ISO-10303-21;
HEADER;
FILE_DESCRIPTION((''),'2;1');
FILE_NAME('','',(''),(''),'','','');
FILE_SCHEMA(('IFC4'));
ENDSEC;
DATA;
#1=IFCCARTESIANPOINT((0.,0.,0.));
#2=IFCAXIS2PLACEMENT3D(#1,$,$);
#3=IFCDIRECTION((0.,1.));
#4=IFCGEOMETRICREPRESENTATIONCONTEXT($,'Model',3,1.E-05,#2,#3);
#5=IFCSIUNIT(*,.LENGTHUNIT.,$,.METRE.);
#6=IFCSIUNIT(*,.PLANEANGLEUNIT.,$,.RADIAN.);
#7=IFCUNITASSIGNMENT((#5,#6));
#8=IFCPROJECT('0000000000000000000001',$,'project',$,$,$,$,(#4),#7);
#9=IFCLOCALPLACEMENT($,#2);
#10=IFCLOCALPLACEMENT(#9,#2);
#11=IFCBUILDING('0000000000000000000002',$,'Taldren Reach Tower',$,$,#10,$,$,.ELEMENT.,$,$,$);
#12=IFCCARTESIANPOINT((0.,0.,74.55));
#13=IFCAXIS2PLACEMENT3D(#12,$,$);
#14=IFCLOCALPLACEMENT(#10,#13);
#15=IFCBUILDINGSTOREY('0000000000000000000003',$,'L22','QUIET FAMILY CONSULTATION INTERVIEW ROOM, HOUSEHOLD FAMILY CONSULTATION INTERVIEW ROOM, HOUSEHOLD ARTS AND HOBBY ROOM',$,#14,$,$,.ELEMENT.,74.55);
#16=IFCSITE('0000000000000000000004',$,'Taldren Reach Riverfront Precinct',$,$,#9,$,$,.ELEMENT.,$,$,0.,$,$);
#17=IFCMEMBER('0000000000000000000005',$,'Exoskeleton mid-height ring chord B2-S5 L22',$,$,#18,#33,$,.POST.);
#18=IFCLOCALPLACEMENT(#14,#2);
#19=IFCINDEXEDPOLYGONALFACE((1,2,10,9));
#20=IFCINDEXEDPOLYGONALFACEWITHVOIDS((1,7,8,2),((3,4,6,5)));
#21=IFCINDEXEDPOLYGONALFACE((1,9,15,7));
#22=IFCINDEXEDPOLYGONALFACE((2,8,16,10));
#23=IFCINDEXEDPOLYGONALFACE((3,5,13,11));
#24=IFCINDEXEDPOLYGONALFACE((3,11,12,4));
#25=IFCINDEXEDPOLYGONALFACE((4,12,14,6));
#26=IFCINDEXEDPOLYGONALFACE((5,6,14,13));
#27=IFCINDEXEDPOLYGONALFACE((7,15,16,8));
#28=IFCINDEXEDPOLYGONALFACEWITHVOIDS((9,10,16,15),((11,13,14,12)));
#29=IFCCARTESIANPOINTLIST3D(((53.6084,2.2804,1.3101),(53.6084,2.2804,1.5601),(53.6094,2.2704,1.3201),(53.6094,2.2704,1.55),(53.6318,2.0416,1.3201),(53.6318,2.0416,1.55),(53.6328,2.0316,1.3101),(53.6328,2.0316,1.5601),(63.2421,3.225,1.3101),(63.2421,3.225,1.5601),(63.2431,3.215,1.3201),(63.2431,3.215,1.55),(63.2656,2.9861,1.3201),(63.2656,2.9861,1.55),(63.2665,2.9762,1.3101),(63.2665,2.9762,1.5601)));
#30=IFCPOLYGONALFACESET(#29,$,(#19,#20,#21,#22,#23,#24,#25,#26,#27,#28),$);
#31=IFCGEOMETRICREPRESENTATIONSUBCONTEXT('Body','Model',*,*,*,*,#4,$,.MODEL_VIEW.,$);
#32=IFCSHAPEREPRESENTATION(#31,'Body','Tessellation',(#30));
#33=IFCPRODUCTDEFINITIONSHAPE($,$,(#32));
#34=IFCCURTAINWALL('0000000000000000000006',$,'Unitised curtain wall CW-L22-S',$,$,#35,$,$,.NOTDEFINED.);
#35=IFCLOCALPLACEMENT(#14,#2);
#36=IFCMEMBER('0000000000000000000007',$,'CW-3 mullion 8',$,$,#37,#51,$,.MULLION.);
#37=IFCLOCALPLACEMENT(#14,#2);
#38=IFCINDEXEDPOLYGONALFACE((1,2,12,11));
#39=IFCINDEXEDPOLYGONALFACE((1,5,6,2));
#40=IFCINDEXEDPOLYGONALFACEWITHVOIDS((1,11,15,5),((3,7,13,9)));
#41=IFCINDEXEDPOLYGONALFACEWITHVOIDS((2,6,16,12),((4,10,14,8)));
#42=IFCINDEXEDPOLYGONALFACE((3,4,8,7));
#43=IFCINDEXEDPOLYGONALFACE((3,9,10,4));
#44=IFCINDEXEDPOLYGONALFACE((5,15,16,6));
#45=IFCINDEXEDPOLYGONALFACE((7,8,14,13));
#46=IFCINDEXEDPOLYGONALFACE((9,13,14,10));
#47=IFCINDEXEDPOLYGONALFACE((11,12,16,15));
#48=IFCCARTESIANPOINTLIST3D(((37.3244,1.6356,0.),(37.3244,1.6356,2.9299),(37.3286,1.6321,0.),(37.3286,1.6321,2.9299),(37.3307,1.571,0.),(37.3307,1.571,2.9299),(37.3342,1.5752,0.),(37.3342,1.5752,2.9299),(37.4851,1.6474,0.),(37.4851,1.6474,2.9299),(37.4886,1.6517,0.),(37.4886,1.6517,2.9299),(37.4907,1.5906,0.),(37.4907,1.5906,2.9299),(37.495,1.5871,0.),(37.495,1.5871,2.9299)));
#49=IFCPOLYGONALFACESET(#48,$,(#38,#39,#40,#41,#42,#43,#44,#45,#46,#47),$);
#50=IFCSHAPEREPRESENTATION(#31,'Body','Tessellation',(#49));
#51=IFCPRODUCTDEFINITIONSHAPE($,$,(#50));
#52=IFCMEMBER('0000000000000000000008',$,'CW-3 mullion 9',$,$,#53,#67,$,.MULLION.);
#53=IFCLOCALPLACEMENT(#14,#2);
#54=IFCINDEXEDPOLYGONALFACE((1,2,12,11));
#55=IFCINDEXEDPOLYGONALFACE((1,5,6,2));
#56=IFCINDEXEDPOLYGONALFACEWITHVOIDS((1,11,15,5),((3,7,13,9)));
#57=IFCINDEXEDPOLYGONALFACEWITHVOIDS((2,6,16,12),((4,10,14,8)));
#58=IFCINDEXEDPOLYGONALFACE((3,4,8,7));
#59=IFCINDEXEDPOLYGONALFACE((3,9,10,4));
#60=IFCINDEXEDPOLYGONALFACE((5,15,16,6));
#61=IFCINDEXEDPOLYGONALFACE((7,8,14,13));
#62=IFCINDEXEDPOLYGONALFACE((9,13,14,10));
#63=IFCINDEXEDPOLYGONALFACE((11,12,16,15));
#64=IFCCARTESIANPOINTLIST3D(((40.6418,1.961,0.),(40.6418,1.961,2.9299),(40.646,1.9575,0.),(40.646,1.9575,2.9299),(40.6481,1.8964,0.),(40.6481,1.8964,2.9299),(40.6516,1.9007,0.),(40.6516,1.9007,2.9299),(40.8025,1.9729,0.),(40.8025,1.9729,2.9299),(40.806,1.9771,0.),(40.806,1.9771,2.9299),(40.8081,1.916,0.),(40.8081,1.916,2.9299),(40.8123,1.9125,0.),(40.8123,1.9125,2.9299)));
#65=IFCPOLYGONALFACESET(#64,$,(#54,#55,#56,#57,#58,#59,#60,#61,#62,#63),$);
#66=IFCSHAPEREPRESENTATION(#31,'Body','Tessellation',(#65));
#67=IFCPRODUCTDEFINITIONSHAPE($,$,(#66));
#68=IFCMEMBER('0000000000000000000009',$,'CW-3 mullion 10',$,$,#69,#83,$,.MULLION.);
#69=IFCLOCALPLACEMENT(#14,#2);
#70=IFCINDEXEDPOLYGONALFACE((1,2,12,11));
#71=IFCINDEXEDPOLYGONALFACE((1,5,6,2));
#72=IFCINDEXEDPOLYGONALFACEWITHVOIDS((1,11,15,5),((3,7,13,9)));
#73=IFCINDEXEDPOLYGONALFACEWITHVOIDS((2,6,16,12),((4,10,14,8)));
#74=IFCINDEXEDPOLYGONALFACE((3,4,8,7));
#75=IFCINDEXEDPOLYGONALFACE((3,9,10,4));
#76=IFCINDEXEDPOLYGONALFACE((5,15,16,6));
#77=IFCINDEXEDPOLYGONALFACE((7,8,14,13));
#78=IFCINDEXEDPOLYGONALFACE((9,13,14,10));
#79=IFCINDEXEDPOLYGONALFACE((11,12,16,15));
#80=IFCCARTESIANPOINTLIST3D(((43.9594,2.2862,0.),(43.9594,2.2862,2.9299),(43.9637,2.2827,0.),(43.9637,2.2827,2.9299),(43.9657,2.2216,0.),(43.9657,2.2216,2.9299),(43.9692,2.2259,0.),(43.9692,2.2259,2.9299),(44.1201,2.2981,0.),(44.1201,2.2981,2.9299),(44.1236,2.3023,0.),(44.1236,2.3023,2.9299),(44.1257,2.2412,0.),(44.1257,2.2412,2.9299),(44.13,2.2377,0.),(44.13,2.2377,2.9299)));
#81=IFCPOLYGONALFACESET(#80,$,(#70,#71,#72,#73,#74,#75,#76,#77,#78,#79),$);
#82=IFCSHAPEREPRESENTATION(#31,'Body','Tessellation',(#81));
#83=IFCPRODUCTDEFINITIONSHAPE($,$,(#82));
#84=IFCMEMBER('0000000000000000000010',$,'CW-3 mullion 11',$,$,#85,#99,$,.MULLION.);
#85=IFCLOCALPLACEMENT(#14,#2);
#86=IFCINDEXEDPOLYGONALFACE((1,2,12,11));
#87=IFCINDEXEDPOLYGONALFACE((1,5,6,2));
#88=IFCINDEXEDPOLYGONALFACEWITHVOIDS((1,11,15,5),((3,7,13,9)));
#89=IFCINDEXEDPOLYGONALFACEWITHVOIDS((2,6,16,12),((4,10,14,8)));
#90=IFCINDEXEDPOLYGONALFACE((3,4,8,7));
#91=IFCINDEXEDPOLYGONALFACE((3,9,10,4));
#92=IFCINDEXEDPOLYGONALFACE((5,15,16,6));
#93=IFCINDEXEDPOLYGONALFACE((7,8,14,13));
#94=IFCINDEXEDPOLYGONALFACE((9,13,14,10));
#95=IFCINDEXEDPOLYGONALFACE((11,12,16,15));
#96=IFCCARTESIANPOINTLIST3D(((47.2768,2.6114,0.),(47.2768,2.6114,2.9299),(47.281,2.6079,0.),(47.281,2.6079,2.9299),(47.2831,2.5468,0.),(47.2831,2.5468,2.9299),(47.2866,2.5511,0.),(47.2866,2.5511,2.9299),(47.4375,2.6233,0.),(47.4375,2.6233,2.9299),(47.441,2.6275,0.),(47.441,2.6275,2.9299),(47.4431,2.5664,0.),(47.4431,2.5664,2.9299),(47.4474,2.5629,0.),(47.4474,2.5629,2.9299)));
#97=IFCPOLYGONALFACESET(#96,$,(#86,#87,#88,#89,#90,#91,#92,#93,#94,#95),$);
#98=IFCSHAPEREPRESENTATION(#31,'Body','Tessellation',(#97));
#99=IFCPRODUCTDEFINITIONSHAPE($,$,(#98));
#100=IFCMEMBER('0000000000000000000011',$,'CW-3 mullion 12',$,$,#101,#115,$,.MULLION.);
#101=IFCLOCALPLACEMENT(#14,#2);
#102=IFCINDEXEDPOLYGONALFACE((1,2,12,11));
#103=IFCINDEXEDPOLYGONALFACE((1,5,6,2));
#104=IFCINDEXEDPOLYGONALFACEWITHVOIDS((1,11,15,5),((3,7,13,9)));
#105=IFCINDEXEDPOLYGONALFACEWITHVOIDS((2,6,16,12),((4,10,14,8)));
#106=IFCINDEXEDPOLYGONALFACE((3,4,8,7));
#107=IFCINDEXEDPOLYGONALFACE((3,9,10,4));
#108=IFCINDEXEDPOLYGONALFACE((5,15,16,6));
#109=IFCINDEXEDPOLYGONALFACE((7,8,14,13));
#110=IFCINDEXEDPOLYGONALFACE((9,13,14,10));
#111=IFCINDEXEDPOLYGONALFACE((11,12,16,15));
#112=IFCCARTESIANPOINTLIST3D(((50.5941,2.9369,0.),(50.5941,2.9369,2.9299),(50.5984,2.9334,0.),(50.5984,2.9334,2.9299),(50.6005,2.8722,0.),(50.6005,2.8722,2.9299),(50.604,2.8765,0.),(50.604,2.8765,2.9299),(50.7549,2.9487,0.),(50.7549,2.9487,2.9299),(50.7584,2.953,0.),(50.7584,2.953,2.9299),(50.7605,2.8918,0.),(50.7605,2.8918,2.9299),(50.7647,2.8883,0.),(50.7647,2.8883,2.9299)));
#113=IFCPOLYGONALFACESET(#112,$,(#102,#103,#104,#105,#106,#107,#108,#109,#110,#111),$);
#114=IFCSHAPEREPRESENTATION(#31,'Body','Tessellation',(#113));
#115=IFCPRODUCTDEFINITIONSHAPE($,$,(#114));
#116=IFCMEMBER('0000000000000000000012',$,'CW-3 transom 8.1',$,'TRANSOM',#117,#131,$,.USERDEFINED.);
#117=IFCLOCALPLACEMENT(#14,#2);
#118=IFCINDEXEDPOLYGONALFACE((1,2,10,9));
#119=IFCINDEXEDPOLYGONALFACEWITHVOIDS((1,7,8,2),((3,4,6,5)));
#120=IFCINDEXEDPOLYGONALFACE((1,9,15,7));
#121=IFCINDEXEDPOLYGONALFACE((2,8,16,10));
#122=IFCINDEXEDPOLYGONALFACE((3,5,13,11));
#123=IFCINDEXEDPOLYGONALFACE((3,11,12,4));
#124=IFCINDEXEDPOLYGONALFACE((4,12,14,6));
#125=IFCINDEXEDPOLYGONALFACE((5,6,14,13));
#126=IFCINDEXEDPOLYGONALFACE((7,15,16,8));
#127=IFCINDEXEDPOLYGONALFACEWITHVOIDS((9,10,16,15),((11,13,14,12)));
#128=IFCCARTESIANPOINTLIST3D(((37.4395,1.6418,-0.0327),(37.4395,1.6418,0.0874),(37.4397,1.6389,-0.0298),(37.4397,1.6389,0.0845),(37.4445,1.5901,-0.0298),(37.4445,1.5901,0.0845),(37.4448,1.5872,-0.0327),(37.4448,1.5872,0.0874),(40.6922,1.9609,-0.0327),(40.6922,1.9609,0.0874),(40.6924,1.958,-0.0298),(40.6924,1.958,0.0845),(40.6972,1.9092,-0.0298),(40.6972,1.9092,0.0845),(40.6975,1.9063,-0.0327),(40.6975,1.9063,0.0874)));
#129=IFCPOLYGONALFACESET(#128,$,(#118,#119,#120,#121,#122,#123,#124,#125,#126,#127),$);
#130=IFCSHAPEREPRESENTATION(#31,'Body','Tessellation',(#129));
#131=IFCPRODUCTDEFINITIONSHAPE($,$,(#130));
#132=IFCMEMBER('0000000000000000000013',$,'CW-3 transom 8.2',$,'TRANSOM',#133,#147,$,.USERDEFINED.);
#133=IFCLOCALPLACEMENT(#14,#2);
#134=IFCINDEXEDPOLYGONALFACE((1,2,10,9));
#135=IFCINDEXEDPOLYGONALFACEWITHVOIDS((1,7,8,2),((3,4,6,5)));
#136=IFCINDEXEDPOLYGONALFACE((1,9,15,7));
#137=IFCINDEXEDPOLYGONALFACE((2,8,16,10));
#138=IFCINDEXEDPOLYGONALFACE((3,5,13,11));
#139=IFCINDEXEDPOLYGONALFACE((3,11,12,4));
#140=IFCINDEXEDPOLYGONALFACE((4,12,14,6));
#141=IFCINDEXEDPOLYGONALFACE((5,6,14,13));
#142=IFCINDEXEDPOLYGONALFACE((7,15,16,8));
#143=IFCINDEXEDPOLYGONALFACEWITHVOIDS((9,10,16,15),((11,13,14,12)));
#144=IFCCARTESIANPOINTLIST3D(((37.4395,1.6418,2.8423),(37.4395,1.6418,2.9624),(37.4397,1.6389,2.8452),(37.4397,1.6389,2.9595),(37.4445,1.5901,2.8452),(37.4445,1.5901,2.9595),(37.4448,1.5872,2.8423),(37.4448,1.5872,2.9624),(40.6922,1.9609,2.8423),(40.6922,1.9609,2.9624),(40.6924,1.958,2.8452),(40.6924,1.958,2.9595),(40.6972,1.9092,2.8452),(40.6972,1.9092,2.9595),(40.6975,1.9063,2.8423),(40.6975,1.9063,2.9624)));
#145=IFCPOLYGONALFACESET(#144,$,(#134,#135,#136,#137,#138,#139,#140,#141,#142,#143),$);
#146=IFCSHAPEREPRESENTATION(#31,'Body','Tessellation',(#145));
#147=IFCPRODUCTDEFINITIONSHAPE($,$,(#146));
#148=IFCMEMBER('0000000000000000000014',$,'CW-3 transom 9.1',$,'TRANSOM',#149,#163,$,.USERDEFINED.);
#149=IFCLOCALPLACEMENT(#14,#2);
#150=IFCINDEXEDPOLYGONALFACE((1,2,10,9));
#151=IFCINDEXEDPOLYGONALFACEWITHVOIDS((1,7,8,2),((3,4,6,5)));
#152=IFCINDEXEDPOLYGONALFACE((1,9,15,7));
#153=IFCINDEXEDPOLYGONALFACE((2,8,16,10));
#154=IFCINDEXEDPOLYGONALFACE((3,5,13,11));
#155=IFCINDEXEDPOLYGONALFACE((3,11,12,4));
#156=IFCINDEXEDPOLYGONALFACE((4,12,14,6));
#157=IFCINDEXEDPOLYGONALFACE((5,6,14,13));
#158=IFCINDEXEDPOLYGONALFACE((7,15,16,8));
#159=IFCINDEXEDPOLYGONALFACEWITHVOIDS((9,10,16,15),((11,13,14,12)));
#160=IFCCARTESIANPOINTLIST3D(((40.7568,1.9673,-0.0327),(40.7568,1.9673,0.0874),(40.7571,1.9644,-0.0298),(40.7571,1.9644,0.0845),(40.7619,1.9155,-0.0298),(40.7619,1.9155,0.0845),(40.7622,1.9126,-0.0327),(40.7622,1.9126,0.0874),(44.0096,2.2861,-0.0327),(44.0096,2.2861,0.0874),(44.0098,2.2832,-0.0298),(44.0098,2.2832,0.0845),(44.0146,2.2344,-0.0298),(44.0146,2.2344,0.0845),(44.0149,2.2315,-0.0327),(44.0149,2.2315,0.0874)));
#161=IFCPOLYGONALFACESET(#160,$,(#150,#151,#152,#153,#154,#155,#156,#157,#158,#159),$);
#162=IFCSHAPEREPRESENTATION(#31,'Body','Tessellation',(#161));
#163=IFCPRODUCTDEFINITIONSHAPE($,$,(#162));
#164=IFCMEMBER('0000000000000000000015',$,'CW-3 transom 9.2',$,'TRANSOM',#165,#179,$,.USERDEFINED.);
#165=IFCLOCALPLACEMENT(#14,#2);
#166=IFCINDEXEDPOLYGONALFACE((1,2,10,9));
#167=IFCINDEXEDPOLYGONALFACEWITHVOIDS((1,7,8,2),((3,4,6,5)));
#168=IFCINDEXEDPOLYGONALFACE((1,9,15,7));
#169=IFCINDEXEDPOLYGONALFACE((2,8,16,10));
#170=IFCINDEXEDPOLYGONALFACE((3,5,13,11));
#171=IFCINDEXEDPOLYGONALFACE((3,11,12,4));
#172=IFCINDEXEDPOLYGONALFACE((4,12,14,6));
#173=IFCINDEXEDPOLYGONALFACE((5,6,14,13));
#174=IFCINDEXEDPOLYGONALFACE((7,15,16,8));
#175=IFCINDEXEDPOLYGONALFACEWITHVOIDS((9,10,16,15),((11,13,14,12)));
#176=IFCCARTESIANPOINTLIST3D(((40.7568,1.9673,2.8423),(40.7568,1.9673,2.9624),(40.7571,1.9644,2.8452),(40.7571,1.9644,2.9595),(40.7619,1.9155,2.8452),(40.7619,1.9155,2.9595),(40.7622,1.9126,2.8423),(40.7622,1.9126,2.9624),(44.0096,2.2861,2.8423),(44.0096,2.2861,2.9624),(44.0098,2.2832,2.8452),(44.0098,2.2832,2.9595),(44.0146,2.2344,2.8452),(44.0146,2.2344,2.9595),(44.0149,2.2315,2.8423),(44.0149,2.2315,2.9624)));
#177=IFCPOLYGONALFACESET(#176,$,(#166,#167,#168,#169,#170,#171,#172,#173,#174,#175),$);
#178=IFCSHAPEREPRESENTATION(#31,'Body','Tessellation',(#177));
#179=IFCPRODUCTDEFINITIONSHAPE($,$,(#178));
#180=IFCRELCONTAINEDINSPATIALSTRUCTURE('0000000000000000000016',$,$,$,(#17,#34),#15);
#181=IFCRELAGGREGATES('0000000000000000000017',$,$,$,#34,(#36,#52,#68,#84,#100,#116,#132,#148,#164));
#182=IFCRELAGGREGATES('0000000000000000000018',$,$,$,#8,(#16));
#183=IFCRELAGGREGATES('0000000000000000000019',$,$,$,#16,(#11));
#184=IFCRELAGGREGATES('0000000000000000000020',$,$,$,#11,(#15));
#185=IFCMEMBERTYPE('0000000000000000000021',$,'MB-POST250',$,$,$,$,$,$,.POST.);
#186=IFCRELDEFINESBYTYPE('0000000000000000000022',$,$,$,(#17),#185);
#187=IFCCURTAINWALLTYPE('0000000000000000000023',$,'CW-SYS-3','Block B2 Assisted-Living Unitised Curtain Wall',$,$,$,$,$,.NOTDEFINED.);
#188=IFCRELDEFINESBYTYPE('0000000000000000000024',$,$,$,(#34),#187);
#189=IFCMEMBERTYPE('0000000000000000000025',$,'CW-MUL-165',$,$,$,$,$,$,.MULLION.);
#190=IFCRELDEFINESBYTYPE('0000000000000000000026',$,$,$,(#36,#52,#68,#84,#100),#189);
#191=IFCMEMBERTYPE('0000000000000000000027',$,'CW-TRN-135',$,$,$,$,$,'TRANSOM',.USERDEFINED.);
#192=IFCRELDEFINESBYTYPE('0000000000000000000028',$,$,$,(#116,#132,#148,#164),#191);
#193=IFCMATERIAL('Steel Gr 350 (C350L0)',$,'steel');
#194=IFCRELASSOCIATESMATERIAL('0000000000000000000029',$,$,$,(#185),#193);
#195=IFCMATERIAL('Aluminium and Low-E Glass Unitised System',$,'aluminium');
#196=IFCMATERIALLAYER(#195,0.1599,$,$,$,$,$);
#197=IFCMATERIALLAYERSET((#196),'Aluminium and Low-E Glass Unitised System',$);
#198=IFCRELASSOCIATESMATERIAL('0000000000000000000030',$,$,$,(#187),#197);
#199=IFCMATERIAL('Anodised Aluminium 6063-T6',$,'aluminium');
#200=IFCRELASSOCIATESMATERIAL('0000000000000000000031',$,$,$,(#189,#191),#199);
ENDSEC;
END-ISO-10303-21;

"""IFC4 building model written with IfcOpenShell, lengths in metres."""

from ifc_helpers import new_model, si_unit, direction, frame, origin, origin_2d, place, context, subcontext, project, spatial, hollow_rectangle, extrude, source, transform, mapped, material, layer, layer_set, material_profile, profile_set, type_object, element, aggregate, save


model = new_model("IFC4")

# Units and contexts
model_context = context("Model", 3, precision=1e-05, world=origin(), true_north=direction((0.0, 1.0)))
body_context = subcontext(model_context, "Body", "Model", "MODEL_VIEW")
ifc_project = project(units=[si_unit("LENGTHUNIT", "METRE"), si_unit("PLANEANGLEUNIT", "RADIAN")], contexts=[model_context])

# Site, building, storey
site_placement = place(None, origin())
site = spatial("IfcSite", under=ifc_project, at=site_placement, Name="Taldren Reach Riverfront Precinct", CompositionType="ELEMENT", RefElevation=0.0)
building_placement = place(site_placement, origin())
building = spatial("IfcBuilding", under=site, at=building_placement, Name="Taldren Reach Tower", CompositionType="ELEMENT")
storey_placement = place(building_placement, frame((0.0, 0.0, 74.55)))
storey = spatial("IfcBuildingStorey", under=building, at=storey_placement, Name="L22", Description="QUIET FAMILY CONSULTATION INTERVIEW ROOM, HOUSEHOLD FAMILY CONSULTATION INTERVIEW ROOM, HOUSEHOLD ARTS AND HOBBY ROOM", CompositionType="ELEMENT", Elevation=74.55)

# Shared definitions
ifc_material_1 = material(Name="Steel Gr 350 (C350L0)", Category="steel")
ifc_material_profile_1 = material_profile(ifc_material_1, hollow_rectangle(XDim=0.25, YDim=0.25, WallThickness=0.01, at=origin_2d()), Name="250x250x10.0SHS")
ifc_profile_set_1 = profile_set([ifc_material_profile_1], Name="Steel Gr 350 (C350L0)")
member_type_1 = type_object("IfcMemberType", Name="MB-POST250", PredefinedType="POST", material=ifc_profile_set_1)

# Member
shared_shape_1 = source(origin(), body_context, "Body", "SweptSolid", [
    extrude(hollow_rectangle(XDim=0.25, YDim=0.25, WallThickness=0.01, at=origin_2d()), origin(), (0.0, 0.0, 1.0), 9.6799),
])
for number, where, z_axis, x_axis, name in (
    (1, (53.6206, 2.156, 1.4351), (0.995228, 0.097581, 0.0), (-0.097581, 0.995228, 0.0), "Exoskeleton mid-height ring chord B2-S5 L22"),
):
    element("IfcMember", number, at=place(storey_placement, frame(where, z_axis=z_axis, x_axis=x_axis)), inside=storey, type_object=member_type_1, Name=name, PredefinedType="POST", context=body_context, shape_type="MappedRepresentation", body=[
        mapped(shared_shape_1, transform((0.0, 0.0, 0.0), scale=1.0)),
    ])

# Curtain wall, members
ifc_material_2 = material(Name="Aluminium and Low-E Glass Unitised System", Category="aluminium")
ifc_layer_1 = layer(ifc_material_2, 0.1599)
ifc_layer_set_1 = layer_set([ifc_layer_1], Name="Aluminium and Low-E Glass Unitised System")
curtain_wall_type = type_object("IfcCurtainWallType", Name="CW-SYS-3", Description="Block B2 Assisted-Living Unitised Curtain Wall", PredefinedType="NOTDEFINED", material=ifc_layer_set_1)
curtain_wall_placement = place(storey_placement, origin())
curtain_wall = element("IfcCurtainWall", 2, at=curtain_wall_placement, inside=storey, type_object=curtain_wall_type, Name="Unitised curtain wall CW-L22-S", PredefinedType="NOTDEFINED")
ifc_material_3 = material(Name="Anodised Aluminium 6063-T6", Category="aluminium")
ifc_material_profile_2 = material_profile(ifc_material_3, hollow_rectangle(XDim=0.0649, YDim=0.165, WallThickness=0.0039, at=origin_2d()), Name="ALU-165x65x4RHS")
ifc_profile_set_2 = profile_set([ifc_material_profile_2], Name="Anodised Aluminium 6063-T6")
member_type_2 = type_object("IfcMemberType", Name="CW-MUL-165", PredefinedType="MULLION", material=ifc_profile_set_2)
shared_shape_2 = source(origin(), body_context, "Body", "SweptSolid", [
    extrude(hollow_rectangle(XDim=0.0649, YDim=0.165, WallThickness=0.0039, at=origin_2d()), origin(), (0.0, 0.0, 1.0), 2.9299),
])
member_1_placement = place(storey_placement, frame((37.4097, 1.6113, 0.0), z_axis=(0.0, 0.0, 1.0), x_axis=(-0.097583, 0.995227, 0.0)))
member_1 = element("IfcMember", 3, at=member_1_placement, type_object=member_type_2, Name="CW-3 mullion 8", PredefinedType="MULLION", context=body_context, shape_type="MappedRepresentation", body=[
    mapped(shared_shape_2, transform((0.0, 0.0, 0.0), scale=1.0)),
])
member_2_placement = place(storey_placement, frame((40.7271, 1.9368, 0.0), z_axis=(0.0, 0.0, 1.0), x_axis=(-0.097583, 0.995227, 0.0)))
member_2 = element("IfcMember", 4, at=member_2_placement, type_object=member_type_2, Name="CW-3 mullion 9", PredefinedType="MULLION", context=body_context, shape_type="MappedRepresentation", body=[
    mapped(shared_shape_2, transform((0.0, 0.0, 0.0), scale=1.0)),
])
member_3_placement = place(storey_placement, frame((44.0447, 2.262, 0.0), z_axis=(0.0, 0.0, 1.0), x_axis=(-0.097583, 0.995227, 0.0)))
member_3 = element("IfcMember", 5, at=member_3_placement, type_object=member_type_2, Name="CW-3 mullion 10", PredefinedType="MULLION", context=body_context, shape_type="MappedRepresentation", body=[
    mapped(shared_shape_2, transform((0.0, 0.0, 0.0), scale=1.0)),
])
member_4_placement = place(storey_placement, frame((47.3621, 2.5872, 0.0), z_axis=(0.0, 0.0, 1.0), x_axis=(-0.097583, 0.995227, 0.0)))
member_4 = element("IfcMember", 6, at=member_4_placement, type_object=member_type_2, Name="CW-3 mullion 11", PredefinedType="MULLION", context=body_context, shape_type="MappedRepresentation", body=[
    mapped(shared_shape_2, transform((0.0, 0.0, 0.0), scale=1.0)),
])
member_5_placement = place(storey_placement, frame((50.6794, 2.9126, 0.0), z_axis=(0.0, 0.0, 1.0), x_axis=(-0.097583, 0.995227, 0.0)))
member_5 = element("IfcMember", 7, at=member_5_placement, type_object=member_type_2, Name="CW-3 mullion 12", PredefinedType="MULLION", context=body_context, shape_type="MappedRepresentation", body=[
    mapped(shared_shape_2, transform((0.0, 0.0, 0.0), scale=1.0)),
])
ifc_material_profile_3 = material_profile(ifc_material_3, hollow_rectangle(XDim=0.0549, YDim=0.1201, WallThickness=0.0029, at=origin_2d()), Name="ALU-120x55x3RHS")
ifc_profile_set_3 = profile_set([ifc_material_profile_3], Name="Anodised Aluminium 6063-T6")
member_type_3 = type_object("IfcMemberType", Name="CW-TRN-135", ElementType="TRANSOM", PredefinedType="USERDEFINED", material=ifc_profile_set_3)
shared_shape_3 = source(origin(), body_context, "Body", "SweptSolid", [
    extrude(hollow_rectangle(XDim=0.0549, YDim=0.1201, WallThickness=0.0029, at=origin_2d()), origin(), (0.0, 0.0, 1.0), 3.2683),
])
member_6_placement = place(storey_placement, frame((37.4421, 1.6145, 0.0273), z_axis=(0.995223, 0.097632, 0.0), x_axis=(-0.097632, 0.995223, 0.0)))
member_6 = element("IfcMember", 8, at=member_6_placement, type_object=member_type_3, Name="CW-3 transom 8.1", ObjectType="TRANSOM", PredefinedType="USERDEFINED", context=body_context, shape_type="MappedRepresentation", body=[
    mapped(shared_shape_3, transform((0.0, 0.0, 0.0), scale=1.0)),
])
member_7_placement = place(storey_placement, frame((37.4421, 1.6145, 2.9023), z_axis=(0.995223, 0.097632, 0.0), x_axis=(-0.097632, 0.995223, 0.0)))
member_7 = element("IfcMember", 9, at=member_7_placement, type_object=member_type_3, Name="CW-3 transom 8.2", ObjectType="TRANSOM", PredefinedType="USERDEFINED", context=body_context, shape_type="MappedRepresentation", body=[
    mapped(shared_shape_3, transform((0.0, 0.0, 0.0), scale=1.0)),
])
member_8_placement = place(storey_placement, frame((40.7595, 1.9399, 0.0273), z_axis=(0.99523, 0.097558, 0.0), x_axis=(-0.097558, 0.99523, 0.0)))
member_8 = element("IfcMember", 10, at=member_8_placement, type_object=member_type_3, Name="CW-3 transom 9.1", ObjectType="TRANSOM", PredefinedType="USERDEFINED", context=body_context, shape_type="MappedRepresentation", body=[
    mapped(shared_shape_3, transform((0.0, 0.0, 0.0), scale=1.0)),
])
member_9_placement = place(storey_placement, frame((40.7595, 1.9399, 2.9023), z_axis=(0.99523, 0.097558, 0.0), x_axis=(-0.097558, 0.99523, 0.0)))
member_9 = element("IfcMember", 11, at=member_9_placement, type_object=member_type_3, Name="CW-3 transom 9.2", ObjectType="TRANSOM", PredefinedType="USERDEFINED", context=body_context, shape_type="MappedRepresentation", body=[
    mapped(shared_shape_3, transform((0.0, 0.0, 0.0), scale=1.0)),
])

aggregate(curtain_wall, [member_1, member_2, member_3, member_4, member_5, member_6, member_7, member_8, member_9])

save(model, "model.ifc")
